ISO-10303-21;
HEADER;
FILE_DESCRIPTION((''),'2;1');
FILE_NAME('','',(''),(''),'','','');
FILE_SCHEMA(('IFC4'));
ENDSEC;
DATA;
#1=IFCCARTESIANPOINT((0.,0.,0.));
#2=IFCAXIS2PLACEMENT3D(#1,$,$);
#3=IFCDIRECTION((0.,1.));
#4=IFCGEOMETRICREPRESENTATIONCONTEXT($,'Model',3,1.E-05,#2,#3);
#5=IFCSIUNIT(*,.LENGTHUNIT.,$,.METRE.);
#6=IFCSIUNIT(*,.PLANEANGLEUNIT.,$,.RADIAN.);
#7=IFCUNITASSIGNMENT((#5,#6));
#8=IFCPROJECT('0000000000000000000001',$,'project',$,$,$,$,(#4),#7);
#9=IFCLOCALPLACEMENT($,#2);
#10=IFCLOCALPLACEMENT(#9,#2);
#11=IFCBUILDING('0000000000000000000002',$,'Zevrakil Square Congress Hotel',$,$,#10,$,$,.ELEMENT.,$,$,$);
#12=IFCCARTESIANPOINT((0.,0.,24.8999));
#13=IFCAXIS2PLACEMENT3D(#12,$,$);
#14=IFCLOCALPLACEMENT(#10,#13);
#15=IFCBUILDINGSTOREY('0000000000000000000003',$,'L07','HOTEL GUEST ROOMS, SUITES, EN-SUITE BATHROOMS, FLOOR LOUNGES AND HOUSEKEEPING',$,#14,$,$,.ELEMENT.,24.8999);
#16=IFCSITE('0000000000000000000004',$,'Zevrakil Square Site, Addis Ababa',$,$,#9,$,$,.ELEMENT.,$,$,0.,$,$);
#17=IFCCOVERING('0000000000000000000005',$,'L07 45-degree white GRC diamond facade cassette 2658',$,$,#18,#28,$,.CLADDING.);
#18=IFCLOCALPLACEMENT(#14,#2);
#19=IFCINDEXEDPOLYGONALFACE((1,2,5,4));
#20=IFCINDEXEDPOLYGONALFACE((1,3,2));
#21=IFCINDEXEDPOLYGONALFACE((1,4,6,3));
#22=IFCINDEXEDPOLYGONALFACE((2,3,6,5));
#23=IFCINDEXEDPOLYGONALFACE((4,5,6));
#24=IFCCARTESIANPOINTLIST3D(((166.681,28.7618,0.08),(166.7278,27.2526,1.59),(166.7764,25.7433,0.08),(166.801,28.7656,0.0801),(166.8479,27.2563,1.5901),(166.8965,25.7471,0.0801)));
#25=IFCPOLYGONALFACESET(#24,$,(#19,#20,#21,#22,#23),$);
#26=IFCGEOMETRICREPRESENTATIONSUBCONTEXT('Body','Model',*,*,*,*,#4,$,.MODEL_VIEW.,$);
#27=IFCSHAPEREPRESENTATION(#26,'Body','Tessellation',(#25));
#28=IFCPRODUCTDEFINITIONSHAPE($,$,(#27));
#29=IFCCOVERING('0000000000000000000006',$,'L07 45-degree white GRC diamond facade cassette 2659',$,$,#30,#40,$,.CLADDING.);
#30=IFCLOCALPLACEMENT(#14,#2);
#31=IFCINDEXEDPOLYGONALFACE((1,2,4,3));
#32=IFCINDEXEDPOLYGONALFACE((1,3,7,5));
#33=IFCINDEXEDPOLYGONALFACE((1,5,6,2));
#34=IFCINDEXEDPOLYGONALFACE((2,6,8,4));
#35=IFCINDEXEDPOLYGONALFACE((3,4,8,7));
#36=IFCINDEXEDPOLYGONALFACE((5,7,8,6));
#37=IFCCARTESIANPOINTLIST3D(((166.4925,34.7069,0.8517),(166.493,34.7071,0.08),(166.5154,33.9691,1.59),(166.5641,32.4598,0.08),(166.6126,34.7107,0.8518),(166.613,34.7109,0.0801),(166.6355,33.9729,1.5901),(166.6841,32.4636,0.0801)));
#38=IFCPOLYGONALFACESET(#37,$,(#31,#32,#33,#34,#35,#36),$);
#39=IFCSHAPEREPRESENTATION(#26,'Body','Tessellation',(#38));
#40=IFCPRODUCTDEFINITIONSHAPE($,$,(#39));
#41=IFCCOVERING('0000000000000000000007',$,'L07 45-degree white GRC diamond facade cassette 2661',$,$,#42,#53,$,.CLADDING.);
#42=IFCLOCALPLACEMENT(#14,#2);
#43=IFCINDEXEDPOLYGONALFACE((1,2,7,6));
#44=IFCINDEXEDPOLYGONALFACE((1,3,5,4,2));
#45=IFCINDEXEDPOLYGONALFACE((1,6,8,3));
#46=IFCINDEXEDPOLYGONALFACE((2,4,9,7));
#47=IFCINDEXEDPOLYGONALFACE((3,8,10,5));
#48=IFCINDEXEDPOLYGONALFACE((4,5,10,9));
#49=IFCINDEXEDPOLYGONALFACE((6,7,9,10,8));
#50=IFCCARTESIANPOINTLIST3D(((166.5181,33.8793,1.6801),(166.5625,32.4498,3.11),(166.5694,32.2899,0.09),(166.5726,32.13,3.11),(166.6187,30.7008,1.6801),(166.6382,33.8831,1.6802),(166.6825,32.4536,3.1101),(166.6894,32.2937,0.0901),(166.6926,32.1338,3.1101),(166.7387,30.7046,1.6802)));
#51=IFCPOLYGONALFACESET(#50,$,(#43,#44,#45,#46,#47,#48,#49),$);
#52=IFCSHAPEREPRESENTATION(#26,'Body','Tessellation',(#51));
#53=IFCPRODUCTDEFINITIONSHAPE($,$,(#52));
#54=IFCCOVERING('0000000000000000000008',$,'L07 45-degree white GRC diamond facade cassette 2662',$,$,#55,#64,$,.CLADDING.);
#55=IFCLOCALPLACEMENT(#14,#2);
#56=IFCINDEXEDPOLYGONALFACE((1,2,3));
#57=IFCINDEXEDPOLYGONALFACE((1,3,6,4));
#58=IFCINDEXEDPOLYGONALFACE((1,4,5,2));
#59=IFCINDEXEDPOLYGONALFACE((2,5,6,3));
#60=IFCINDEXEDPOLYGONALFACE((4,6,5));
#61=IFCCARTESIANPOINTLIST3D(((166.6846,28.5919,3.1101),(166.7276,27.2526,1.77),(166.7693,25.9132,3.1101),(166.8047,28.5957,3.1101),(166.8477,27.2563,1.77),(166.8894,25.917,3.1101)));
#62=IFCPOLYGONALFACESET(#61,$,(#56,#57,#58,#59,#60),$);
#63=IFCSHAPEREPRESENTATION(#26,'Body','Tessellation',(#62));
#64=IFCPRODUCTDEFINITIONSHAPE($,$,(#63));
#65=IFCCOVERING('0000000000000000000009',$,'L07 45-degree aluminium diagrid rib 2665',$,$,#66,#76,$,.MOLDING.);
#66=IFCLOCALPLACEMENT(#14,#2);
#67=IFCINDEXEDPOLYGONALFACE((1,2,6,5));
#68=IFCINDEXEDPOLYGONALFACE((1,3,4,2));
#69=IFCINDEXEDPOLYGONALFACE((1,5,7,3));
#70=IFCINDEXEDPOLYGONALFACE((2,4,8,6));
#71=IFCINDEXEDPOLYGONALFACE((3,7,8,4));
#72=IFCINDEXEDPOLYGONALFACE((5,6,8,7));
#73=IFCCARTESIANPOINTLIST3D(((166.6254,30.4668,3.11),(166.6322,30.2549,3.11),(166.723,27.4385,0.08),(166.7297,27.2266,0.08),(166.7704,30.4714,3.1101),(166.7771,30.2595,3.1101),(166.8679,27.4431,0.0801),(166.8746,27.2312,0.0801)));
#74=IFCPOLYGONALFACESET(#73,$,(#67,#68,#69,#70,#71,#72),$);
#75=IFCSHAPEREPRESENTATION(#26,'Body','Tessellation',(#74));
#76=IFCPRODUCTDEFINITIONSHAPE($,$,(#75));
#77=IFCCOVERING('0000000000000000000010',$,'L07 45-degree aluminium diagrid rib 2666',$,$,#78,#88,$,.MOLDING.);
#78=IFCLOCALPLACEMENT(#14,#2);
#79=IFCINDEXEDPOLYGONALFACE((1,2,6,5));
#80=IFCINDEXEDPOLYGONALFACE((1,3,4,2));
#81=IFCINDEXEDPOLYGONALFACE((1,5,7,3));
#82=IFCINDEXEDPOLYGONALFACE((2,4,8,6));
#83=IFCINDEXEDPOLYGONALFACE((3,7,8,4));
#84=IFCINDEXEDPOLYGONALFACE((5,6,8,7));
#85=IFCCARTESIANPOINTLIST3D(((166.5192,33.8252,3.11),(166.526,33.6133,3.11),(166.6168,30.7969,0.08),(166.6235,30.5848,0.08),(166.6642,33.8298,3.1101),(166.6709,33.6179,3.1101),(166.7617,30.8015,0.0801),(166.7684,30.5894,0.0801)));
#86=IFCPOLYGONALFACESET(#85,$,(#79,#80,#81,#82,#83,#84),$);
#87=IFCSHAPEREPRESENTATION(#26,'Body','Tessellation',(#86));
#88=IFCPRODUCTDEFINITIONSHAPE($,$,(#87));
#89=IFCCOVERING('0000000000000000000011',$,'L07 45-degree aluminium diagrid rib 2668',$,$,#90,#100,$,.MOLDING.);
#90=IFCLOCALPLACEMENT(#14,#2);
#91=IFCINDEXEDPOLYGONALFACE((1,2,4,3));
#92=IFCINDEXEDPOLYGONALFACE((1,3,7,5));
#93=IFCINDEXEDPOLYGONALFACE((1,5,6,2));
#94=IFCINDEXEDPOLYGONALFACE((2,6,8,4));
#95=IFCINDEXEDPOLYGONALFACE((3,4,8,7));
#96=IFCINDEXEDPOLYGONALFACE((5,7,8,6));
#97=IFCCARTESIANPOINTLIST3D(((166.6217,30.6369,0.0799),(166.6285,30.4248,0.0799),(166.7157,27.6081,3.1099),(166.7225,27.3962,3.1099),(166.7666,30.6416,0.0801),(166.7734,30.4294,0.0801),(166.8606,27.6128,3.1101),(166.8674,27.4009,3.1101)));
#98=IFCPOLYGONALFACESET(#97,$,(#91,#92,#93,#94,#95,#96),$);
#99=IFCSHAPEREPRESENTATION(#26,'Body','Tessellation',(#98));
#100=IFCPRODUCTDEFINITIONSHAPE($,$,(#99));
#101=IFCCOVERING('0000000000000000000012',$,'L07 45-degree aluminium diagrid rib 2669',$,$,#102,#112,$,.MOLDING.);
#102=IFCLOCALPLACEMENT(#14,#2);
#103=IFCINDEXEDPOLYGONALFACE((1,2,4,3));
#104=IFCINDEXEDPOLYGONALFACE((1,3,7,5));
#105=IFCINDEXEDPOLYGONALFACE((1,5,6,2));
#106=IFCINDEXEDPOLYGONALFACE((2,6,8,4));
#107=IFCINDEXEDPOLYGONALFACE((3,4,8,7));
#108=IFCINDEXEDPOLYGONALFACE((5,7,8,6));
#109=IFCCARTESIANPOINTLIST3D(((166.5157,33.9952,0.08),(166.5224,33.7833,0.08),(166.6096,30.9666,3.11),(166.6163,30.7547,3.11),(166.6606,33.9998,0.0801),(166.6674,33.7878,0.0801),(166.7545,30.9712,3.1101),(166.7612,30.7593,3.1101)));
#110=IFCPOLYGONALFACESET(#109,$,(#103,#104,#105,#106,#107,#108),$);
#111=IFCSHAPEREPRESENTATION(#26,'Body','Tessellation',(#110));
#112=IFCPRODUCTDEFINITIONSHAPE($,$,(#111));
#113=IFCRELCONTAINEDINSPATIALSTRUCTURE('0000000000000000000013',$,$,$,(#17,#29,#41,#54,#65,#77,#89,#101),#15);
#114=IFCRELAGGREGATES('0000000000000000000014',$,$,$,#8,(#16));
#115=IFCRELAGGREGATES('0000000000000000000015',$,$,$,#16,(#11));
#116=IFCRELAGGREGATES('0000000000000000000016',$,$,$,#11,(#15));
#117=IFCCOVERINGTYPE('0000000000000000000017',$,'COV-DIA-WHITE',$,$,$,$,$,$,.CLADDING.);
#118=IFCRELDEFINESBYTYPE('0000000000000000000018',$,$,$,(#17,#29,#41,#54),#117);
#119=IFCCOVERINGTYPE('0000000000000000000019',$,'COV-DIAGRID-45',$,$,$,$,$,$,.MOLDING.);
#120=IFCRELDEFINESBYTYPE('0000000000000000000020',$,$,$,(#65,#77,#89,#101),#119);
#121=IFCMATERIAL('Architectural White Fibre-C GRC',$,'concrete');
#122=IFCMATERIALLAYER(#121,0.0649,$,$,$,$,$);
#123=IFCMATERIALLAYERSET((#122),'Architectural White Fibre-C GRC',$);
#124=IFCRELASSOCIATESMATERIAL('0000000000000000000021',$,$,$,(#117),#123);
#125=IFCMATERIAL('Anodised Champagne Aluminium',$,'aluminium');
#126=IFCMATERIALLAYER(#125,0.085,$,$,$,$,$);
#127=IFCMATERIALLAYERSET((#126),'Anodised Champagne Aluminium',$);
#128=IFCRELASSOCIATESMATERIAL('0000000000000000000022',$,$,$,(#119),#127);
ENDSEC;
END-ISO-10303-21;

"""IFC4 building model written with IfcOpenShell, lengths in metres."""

from ifc_helpers import new_model, si_unit, direction, frame, origin, place, context, subcontext, project, spatial, polyline, outline, extrude, material, layer, layer_set, type_object, element, save


model = new_model("IFC4")

# Units and contexts
model_context = context("Model", 3, precision=1e-05, world=origin(), true_north=direction((0.0, 1.0)))
body_context = subcontext(model_context, "Body", "Model", "MODEL_VIEW")
ifc_project = project(units=[si_unit("LENGTHUNIT", "METRE"), si_unit("PLANEANGLEUNIT", "RADIAN")], contexts=[model_context])

# Site, building, storey
site_placement = place(None, origin())
site = spatial("IfcSite", under=ifc_project, at=site_placement, Name="Zevrakil Square Site, Addis Ababa", CompositionType="ELEMENT", RefElevation=0.0)
building_placement = place(site_placement, origin())
building = spatial("IfcBuilding", under=site, at=building_placement, Name="Zevrakil Square Congress Hotel", CompositionType="ELEMENT")
storey_placement = place(building_placement, frame((0.0, 0.0, 24.8999)))
storey = spatial("IfcBuildingStorey", under=building, at=storey_placement, Name="L07", Description="HOTEL GUEST ROOMS, SUITES, EN-SUITE BATHROOMS, FLOOR LOUNGES AND HOUSEKEEPING", CompositionType="ELEMENT", Elevation=24.8999)

# Coverings
ifc_material_1 = material(Name="Architectural White Fibre-C GRC", Category="concrete")
ifc_layer_1 = layer(ifc_material_1, 0.0649)
ifc_layer_set_1 = layer_set([ifc_layer_1], Name="Architectural White Fibre-C GRC")
covering_type_1 = type_object("IfcCoveringType", Name="COV-DIA-WHITE", PredefinedType="CLADDING", material=ifc_layer_set_1)
covering_1_placement = place(storey_placement, frame((166.8479, 27.2563, 1.5901), z_axis=(0.9995, 0.031608, 0.000566), x_axis=(-0.021951, 0.706765, -0.707108)))
element("IfcCovering", 1, at=covering_1_placement, inside=storey, type_object=covering_type_1, Name="L07 45-degree white GRC diamond facade cassette 2658", PredefinedType="CLADDING", context=body_context, shape_type="SweptSolid", body=[
    extrude(outline(polyline([(0.0, 0.0), (2.1355, 0.0), (0.0, -2.1355), (0.0, 0.0)])), origin(), (0.0, 0.0, -1.0), 0.1201),
])
covering_2_placement = place(storey_placement, frame((166.6355, 33.9729, 1.5901), z_axis=(0.9995, 0.031617, 0.000586), x_axis=(-0.02194, 0.706703, -0.70717)))
element("IfcCovering", 2, at=covering_2_placement, inside=storey, type_object=covering_type_1, Name="L07 45-degree white GRC diamond facade cassette 2659", PredefinedType="CLADDING", context=body_context, shape_type="SweptSolid", body=[
    extrude(outline(polyline([(0.0, 0.0), (1.044, 0.0), (1.5899, -0.5455), (0.0002, -2.1355), (0.0, 0.0)])), origin(), (0.0, 0.0, -1.0), 0.1201),
])
covering_3_placement = place(storey_placement, frame((166.6382, 33.8831, 1.6802), z_axis=(0.9995, 0.031614, 0.000606), x_axis=(0.022784, -0.706761, -0.707086)))
element("IfcCovering", 3, at=covering_3_placement, inside=storey, type_object=covering_type_1, Name="L07 45-degree white GRC diamond facade cassette 2661", PredefinedType="CLADDING", context=body_context, shape_type="SweptSolid", body=[
    extrude(outline(polyline([(0.0, 0.0), (2.2488, 0.0), (2.2487, -2.2486), (0.2265, -2.2486), (0.0002, -2.0224), (0.0, 0.0)])), origin(), (0.0, 0.0, -1.0), 0.1201),
])
covering_4_placement = place(storey_placement, frame((166.8477, 27.2563, 1.77), z_axis=(0.9995, 0.03161, 0.000455), x_axis=(0.022029, -0.706742, 0.707128)))
element("IfcCovering", 4, at=covering_4_placement, inside=storey, type_object=covering_type_1, Name="L07 45-degree white GRC diamond facade cassette 2662", PredefinedType="CLADDING", context=body_context, shape_type="SweptSolid", body=[
    extrude(outline(polyline([(0.0, 0.0), (1.8951, 0.0), (0.0001, -1.8951), (0.0, 0.0)])), origin(), (0.0, 0.0, -1.0), 0.1201),
])
ifc_material_2 = material(Name="Anodised Champagne Aluminium", Category="aluminium")
ifc_layer_2 = layer(ifc_material_2, 0.085)
ifc_layer_set_2 = layer_set([ifc_layer_2], Name="Anodised Champagne Aluminium")
covering_type_2 = type_object("IfcCoveringType", Name="COV-DIAGRID-45", PredefinedType="MOLDING", material=ifc_layer_set_2)
covering_5_placement = place(storey_placement, frame((166.8679, 27.4431, 0.0801), z_axis=(0.999498, 0.031666, 0.000525), x_axis=(0.031666, -0.999499, 0.0)))
element("IfcCovering", 5, at=covering_5_placement, inside=storey, type_object=covering_type_2, Name="L07 45-degree aluminium diagrid rib 2665", PredefinedType="MOLDING", context=body_context, shape_type="SweptSolid", body=[
    extrude(outline(polyline([(0.0, 0.0), (0.212, 0.0), (-2.8179, -3.03), (-3.0299, -3.03), (0.0, 0.0)])), origin(), (0.0, 0.0, -1.0), 0.145),
])
covering_6_placement = place(storey_placement, frame((166.7617, 30.8015, 0.0801), z_axis=(0.999499, 0.031648, 0.000542), x_axis=(0.031648, -0.999499, 0.0)))
element("IfcCovering", 6, at=covering_6_placement, inside=storey, type_object=covering_type_2, Name="L07 45-degree aluminium diagrid rib 2666", PredefinedType="MOLDING", context=body_context, shape_type="SweptSolid", body=[
    extrude(outline(polyline([(0.0, 0.0), (0.2123, 0.0), (-2.8179, -3.03), (-3.0299, -3.03), (0.0, 0.0)])), origin(), (0.0, 0.0, -1.0), 0.145),
])
covering_7_placement = place(storey_placement, frame((166.8674, 27.4009, 3.1101), z_axis=(0.99948, 0.032223, 0.001204), x_axis=(-0.032223, 0.999481, 0.0)))
element("IfcCovering", 7, at=covering_7_placement, inside=storey, type_object=covering_type_2, Name="L07 45-degree aluminium diagrid rib 2668", PredefinedType="MOLDING", context=body_context, shape_type="SweptSolid", body=[
    extrude(outline(polyline([(0.0, 0.0), (0.212, 0.0), (3.2423, -3.03), (3.03, -3.03), (0.0, 0.0)])), origin(), (0.0, 0.0, -1.0), 0.145),
])
covering_8_placement = place(storey_placement, frame((166.7612, 30.7593, 3.1101), z_axis=(0.999498, 0.031666, 0.000686), x_axis=(-0.031666, 0.999499, 0.0)))
element("IfcCovering", 8, at=covering_8_placement, inside=storey, type_object=covering_type_2, Name="L07 45-degree aluminium diagrid rib 2669", PredefinedType="MOLDING", context=body_context, shape_type="SweptSolid", body=[
    extrude(outline(polyline([(0.0, 0.0), (0.212, 0.0), (3.242, -3.03), (3.03, -3.03), (0.0, 0.0)])), origin(), (0.0, 0.0, -1.0), 0.145),
])

save(model, "model.ifc")
